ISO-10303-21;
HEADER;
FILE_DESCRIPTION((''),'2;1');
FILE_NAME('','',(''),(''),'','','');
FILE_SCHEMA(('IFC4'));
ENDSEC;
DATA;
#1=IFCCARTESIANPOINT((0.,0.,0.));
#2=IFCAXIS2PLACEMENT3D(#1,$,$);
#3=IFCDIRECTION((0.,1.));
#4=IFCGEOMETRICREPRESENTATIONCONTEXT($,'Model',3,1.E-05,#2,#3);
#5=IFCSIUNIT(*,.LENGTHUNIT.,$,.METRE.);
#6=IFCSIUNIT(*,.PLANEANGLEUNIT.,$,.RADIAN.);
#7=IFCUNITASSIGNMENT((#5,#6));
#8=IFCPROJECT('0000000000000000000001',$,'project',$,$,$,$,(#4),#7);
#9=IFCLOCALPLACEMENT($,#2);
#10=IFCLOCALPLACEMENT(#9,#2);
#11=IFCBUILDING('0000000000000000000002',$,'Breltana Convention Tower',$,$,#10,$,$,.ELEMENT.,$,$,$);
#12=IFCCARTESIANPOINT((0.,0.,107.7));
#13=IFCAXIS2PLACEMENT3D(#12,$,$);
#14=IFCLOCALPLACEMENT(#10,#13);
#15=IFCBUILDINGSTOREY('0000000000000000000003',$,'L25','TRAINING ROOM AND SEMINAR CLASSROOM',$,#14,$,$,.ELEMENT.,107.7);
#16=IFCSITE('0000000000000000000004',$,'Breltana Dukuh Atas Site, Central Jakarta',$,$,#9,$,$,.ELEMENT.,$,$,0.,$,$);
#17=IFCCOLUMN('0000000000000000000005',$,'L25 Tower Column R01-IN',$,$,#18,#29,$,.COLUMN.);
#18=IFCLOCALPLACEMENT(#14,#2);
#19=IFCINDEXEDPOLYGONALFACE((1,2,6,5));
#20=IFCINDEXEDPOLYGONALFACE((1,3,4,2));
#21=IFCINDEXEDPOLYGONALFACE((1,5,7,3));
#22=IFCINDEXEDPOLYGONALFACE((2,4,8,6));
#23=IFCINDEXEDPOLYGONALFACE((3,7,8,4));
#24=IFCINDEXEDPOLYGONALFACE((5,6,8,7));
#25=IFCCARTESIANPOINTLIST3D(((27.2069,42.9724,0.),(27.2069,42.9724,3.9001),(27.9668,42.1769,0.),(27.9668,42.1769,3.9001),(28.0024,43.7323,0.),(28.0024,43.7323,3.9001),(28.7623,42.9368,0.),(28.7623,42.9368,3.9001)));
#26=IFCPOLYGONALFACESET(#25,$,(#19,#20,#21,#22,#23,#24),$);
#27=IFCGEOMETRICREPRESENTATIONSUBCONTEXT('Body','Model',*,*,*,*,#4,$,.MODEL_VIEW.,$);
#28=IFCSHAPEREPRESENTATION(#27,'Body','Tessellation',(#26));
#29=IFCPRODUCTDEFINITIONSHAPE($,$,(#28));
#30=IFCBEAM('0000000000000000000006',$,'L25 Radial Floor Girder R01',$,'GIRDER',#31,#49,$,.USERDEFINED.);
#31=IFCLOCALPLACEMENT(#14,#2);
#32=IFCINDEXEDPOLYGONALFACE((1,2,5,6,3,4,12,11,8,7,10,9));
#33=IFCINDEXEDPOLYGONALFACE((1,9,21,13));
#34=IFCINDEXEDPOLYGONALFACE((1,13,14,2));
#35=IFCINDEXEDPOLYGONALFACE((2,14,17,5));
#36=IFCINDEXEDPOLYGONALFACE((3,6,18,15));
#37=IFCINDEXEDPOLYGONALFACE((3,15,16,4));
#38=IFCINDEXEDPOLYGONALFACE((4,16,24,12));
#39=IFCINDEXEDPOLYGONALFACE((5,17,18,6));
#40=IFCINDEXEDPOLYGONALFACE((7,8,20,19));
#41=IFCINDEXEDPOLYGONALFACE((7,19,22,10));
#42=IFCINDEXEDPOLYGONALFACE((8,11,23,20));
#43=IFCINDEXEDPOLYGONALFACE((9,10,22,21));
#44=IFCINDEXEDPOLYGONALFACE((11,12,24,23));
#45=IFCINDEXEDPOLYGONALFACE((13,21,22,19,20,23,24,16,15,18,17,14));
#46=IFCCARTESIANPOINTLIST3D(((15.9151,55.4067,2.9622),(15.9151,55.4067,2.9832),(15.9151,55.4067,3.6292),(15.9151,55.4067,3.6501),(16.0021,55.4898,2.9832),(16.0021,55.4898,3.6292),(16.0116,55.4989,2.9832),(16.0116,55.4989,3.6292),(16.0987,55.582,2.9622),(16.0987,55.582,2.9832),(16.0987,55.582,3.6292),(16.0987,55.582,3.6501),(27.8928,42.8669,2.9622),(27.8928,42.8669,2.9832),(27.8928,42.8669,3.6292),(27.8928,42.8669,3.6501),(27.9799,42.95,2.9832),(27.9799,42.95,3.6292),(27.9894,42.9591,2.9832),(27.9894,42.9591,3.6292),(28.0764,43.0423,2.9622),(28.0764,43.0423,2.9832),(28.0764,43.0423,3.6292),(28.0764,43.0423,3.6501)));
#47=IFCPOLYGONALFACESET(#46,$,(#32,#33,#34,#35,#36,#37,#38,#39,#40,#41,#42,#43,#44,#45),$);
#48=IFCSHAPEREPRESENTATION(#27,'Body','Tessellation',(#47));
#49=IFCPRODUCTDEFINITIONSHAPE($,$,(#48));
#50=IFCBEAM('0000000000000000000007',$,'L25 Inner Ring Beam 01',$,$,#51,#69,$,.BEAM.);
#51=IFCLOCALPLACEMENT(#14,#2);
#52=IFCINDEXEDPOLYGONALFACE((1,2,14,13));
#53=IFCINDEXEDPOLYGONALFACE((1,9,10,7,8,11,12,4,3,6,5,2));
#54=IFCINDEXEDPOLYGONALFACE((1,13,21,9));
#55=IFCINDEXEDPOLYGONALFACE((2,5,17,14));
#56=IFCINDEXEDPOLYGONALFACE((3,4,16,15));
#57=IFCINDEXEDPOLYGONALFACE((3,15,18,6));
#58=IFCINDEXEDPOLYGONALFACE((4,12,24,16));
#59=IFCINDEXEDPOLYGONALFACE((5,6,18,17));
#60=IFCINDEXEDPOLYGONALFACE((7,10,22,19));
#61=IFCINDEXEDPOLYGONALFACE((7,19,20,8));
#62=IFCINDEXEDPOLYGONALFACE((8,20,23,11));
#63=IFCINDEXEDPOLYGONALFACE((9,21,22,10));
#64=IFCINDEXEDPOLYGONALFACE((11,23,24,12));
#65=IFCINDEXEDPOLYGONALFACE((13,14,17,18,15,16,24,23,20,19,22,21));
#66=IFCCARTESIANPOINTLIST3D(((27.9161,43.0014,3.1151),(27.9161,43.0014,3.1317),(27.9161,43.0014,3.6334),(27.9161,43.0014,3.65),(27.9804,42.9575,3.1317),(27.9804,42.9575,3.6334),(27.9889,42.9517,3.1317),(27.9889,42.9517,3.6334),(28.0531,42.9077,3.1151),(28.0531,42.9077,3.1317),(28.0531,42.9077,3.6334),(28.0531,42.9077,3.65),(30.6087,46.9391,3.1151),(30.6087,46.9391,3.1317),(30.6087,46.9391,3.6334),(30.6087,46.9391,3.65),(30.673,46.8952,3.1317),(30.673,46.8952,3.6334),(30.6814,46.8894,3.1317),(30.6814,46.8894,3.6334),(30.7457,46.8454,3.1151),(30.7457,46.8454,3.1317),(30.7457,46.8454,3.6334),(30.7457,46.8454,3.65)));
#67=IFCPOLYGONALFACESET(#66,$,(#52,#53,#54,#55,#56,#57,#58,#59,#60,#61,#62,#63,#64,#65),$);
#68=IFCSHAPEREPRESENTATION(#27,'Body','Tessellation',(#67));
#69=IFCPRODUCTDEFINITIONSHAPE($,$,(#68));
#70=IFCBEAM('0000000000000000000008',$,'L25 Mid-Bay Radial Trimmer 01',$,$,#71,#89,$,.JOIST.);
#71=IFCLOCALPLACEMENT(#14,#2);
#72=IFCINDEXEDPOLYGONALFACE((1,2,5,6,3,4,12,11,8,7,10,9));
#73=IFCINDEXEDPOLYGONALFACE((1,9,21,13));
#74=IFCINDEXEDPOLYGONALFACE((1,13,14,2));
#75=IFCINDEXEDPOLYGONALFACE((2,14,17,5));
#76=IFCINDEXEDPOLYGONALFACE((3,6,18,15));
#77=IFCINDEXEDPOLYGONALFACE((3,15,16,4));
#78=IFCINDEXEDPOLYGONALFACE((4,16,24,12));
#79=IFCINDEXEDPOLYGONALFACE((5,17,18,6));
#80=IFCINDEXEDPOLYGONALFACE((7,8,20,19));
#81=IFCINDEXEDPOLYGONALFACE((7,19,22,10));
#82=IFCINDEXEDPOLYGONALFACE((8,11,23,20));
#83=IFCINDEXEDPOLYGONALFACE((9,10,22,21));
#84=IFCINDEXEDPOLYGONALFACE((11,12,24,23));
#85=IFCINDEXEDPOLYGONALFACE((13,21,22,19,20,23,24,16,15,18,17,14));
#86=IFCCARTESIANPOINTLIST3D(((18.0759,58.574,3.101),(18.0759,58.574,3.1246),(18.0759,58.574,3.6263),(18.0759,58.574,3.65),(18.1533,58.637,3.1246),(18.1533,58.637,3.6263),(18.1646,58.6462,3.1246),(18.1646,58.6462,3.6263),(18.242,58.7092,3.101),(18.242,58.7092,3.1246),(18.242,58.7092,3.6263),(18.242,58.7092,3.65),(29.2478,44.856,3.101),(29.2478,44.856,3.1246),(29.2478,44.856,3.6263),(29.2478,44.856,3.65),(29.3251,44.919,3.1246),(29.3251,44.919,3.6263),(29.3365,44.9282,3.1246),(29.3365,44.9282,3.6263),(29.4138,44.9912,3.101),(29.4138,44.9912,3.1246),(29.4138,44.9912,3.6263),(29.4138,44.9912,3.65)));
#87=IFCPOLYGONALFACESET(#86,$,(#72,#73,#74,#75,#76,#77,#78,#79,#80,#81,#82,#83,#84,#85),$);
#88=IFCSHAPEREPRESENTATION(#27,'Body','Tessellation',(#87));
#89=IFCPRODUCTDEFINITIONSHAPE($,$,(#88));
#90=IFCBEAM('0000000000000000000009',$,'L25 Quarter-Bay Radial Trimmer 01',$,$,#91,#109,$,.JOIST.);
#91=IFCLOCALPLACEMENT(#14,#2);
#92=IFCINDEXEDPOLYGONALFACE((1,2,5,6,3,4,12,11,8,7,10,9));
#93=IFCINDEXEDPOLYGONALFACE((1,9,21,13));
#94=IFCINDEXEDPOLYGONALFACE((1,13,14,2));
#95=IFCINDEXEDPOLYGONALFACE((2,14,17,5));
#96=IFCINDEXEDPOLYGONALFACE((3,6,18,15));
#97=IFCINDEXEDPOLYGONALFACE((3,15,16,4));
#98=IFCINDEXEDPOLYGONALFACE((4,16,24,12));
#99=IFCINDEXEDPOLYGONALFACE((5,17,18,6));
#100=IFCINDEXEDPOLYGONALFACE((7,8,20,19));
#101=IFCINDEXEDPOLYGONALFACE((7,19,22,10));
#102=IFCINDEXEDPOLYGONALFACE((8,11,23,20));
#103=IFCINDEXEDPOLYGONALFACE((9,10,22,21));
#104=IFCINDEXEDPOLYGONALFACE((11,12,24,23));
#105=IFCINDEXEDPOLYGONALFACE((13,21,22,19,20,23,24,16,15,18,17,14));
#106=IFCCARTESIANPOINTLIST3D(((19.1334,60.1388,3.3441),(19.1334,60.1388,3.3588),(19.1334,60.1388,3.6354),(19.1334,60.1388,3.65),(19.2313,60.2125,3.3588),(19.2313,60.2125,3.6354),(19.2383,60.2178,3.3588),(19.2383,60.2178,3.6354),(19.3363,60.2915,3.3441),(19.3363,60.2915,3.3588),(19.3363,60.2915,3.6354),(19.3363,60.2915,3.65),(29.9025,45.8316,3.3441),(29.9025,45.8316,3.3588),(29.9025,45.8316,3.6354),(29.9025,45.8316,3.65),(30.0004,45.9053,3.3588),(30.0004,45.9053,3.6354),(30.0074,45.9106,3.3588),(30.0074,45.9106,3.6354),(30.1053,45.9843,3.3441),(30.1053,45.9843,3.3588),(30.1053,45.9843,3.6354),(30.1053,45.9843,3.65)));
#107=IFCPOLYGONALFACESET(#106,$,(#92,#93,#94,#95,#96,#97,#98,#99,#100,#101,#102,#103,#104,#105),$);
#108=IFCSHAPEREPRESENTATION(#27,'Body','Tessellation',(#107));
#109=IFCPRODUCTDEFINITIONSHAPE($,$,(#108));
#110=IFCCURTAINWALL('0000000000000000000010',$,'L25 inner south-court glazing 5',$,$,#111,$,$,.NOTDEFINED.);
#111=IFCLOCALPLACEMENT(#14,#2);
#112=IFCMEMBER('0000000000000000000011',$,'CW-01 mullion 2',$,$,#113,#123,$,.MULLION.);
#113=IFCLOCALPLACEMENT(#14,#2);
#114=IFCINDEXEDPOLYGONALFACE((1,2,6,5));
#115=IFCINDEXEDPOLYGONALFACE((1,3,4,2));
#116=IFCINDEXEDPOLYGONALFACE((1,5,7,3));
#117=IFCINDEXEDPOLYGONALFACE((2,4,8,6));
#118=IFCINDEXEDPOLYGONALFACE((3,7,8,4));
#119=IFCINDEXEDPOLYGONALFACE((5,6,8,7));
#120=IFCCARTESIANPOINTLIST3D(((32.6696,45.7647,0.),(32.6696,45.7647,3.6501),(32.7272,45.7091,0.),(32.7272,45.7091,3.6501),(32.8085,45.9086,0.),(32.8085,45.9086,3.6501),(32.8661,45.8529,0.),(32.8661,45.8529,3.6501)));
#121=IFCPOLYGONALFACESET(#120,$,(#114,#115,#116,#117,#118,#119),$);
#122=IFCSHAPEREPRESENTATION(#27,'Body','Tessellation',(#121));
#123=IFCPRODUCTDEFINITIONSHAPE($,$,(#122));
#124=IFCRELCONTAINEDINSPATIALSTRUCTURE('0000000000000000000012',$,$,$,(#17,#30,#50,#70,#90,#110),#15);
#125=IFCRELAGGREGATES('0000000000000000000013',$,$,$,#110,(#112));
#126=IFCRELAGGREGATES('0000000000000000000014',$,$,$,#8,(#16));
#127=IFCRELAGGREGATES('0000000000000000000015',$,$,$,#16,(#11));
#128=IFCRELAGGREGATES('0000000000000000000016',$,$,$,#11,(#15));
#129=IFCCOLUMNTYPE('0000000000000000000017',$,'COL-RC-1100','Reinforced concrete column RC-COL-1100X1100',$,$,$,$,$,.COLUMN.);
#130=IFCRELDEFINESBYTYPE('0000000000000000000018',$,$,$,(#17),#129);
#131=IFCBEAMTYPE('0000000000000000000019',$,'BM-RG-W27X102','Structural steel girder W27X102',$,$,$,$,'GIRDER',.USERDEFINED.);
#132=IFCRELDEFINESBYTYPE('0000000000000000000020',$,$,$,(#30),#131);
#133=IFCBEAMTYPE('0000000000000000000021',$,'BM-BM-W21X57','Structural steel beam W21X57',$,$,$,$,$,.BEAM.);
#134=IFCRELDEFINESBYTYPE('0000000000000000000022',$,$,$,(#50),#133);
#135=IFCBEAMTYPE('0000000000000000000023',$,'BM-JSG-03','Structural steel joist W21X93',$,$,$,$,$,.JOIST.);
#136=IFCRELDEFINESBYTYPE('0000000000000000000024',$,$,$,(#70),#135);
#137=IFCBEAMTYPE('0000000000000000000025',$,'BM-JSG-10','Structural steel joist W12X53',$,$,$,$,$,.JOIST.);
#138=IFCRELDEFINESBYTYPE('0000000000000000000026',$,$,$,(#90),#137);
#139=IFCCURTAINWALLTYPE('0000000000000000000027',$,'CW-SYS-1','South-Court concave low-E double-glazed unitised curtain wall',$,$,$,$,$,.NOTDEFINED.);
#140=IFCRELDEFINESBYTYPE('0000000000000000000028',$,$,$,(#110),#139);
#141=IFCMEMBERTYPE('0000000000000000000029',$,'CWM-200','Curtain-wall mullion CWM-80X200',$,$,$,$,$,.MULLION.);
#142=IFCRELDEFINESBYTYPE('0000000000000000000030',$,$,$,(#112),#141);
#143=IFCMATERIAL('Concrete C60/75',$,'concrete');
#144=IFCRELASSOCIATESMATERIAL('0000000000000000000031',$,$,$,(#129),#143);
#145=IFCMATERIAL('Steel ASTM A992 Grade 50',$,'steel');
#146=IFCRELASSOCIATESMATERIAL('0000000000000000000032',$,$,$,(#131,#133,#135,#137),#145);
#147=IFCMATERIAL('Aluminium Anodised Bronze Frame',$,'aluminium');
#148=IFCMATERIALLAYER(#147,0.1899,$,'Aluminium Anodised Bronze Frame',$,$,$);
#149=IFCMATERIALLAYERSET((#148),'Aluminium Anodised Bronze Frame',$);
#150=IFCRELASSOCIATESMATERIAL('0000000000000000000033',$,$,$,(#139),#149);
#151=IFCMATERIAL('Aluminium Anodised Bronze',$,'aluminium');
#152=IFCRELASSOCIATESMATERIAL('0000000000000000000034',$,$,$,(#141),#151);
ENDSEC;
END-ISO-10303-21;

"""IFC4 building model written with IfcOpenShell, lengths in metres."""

from ifc_helpers import new_model, si_unit, direction, frame, origin, origin_2d, place, context, subcontext, project, spatial, rectangle, i_section, extrude, source, transform, mapped, material, layer, layer_set, material_profile, profile_set, type_object, type_shapes, element, aggregate, save


model = new_model("IFC4")

# Units and contexts
model_context = context("Model", 3, precision=1e-05, world=origin(), true_north=direction((0.0, 1.0)))
body_context = subcontext(model_context, "Body", "Model", "MODEL_VIEW")
ifc_project = project(units=[si_unit("LENGTHUNIT", "METRE"), si_unit("PLANEANGLEUNIT", "RADIAN")], contexts=[model_context])

# Site, building, storey
site_placement = place(None, origin())
site = spatial("IfcSite", under=ifc_project, at=site_placement, Name="Breltana Dukuh Atas Site, Central Jakarta", CompositionType="ELEMENT", RefElevation=0.0)
building_placement = place(site_placement, origin())
building = spatial("IfcBuilding", under=site, at=building_placement, Name="Breltana Convention Tower", CompositionType="ELEMENT")
storey_placement = place(building_placement, frame((0.0, 0.0, 107.7)))
storey = spatial("IfcBuildingStorey", under=building, at=storey_placement, Name="L25", Description="TRAINING ROOM AND SEMINAR CLASSROOM", CompositionType="ELEMENT", Elevation=107.7)

# Column
ifc_material_1 = material(Name="Concrete C60/75", Category="concrete")
ifc_material_profile_1 = material_profile(ifc_material_1, rectangle(XDim=1.1001, YDim=1.1001, at=origin_2d()), Name="RC-COL-1100X1100")
ifc_profile_set_1 = profile_set([ifc_material_profile_1], Name="Concrete C60/75")
column_type = type_object("IfcColumnType", Name="COL-RC-1100", Description="Reinforced concrete column RC-COL-1100X1100", PredefinedType="COLUMN", material=ifc_profile_set_1)
shared_shape_1 = source(origin(), body_context, "Body", "SweptSolid", [
    extrude(rectangle(XDim=1.1001, YDim=1.1001, at=origin_2d()), origin(), (0.0, 0.0, 1.0), 3.9001),
])
column_placement = place(storey_placement, frame((27.9846, 42.9546, 0.0), z_axis=(0.0, 0.0, 1.0), x_axis=(-0.690756, 0.723088, 0.0)))
element("IfcColumn", 1, at=column_placement, inside=storey, type_object=column_type, Name="L25 Tower Column R01-IN", PredefinedType="COLUMN", context=body_context, shape_type="MappedRepresentation", body=[
    mapped(shared_shape_1, transform((0.0, 0.0, 0.0), scale=1.0)),
])

# Beams
ifc_material_2 = material(Name="Steel ASTM A992 Grade 50", Category="steel")
ifc_material_profile_2 = material_profile(ifc_material_2, i_section(OverallWidth=0.2539, OverallDepth=0.688, WebThickness=0.0132, FlangeThickness=0.021, at=origin_2d()), Name="W27X102")
ifc_profile_set_2 = profile_set([ifc_material_profile_2], Name="Steel ASTM A992 Grade 50")
beam_type_1 = type_object("IfcBeamType", Name="BM-RG-W27X102", Description="Structural steel girder W27X102", ElementType="GIRDER", PredefinedType="USERDEFINED", material=ifc_profile_set_2)
shared_shape_2 = source(origin(), body_context, "Body", "SweptSolid", [
    extrude(i_section(OverallWidth=0.2539, OverallDepth=0.688, WebThickness=0.0132, FlangeThickness=0.021, at=origin_2d()), origin(), (0.0, 0.0, 1.0), 17.3411),
])
type_shapes(beam_type_1, [shared_shape_2])
beam_1_placement = place(storey_placement, frame((27.9846, 42.9546, 3.3062), z_axis=(-0.690716, 0.723126, 0.0), x_axis=(-0.723126, -0.690716, 0.0)))
element("IfcBeam", 2, at=beam_1_placement, inside=storey, type_object=beam_type_1, Name="L25 Radial Floor Girder R01", ObjectType="GIRDER", PredefinedType="USERDEFINED", context=body_context, shape_type="MappedRepresentation", body=[
    mapped(shared_shape_2, transform((0.0, 0.0, 0.0), scale=1.0)),
])
ifc_material_profile_3 = material_profile(ifc_material_2, i_section(OverallWidth=0.166, OverallDepth=0.5349, WebThickness=0.0103, FlangeThickness=0.0166, at=origin_2d()), Name="W21X57")
ifc_profile_set_3 = profile_set([ifc_material_profile_3], Name="Steel ASTM A992 Grade 50")
beam_type_2 = type_object("IfcBeamType", Name="BM-BM-W21X57", Description="Structural steel beam W21X57", PredefinedType="BEAM", material=ifc_profile_set_3)
shared_shape_3 = source(origin(), body_context, "Body", "SweptSolid", [
    extrude(i_section(OverallWidth=0.166, OverallDepth=0.5349, WebThickness=0.0103, FlangeThickness=0.0166, at=origin_2d()), origin(), (0.0, 0.0, 1.0), 4.7703),
])
beam_2_placement = place(storey_placement, frame((27.9846, 42.9546, 3.3826), z_axis=(0.564453, 0.825465, 0.0), x_axis=(-0.825465, 0.564453, 0.0)))
element("IfcBeam", 3, at=beam_2_placement, inside=storey, type_object=beam_type_2, Name="L25 Inner Ring Beam 01", PredefinedType="BEAM", context=body_context, shape_type="MappedRepresentation", body=[
    mapped(shared_shape_3, transform((0.0, 0.0, 0.0), scale=1.0)),
])
ifc_material_profile_4 = material_profile(ifc_material_2, i_section(OverallWidth=0.2141, OverallDepth=0.5491, WebThickness=0.0146, FlangeThickness=0.0237, at=origin_2d()), Name="W21X93")
ifc_profile_set_4 = profile_set([ifc_material_profile_4], Name="Steel ASTM A992 Grade 50")
beam_type_3 = type_object("IfcBeamType", Name="BM-JSG-03", Description="Structural steel joist W21X93", PredefinedType="JOIST", material=ifc_profile_set_4)
shared_shape_4 = source(origin(), body_context, "Body", "SweptSolid", [
    extrude(i_section(OverallWidth=0.2141, OverallDepth=0.5491, WebThickness=0.0146, FlangeThickness=0.0237, at=origin_2d()), origin(), (0.0, 0.0, 1.0), 17.6917),
])
beam_3_placement = place(storey_placement, frame((29.3308, 44.9236, 3.3755), z_axis=(-0.631477, 0.775395, 0.0), x_axis=(-0.775395, -0.631477, 0.0)))
element("IfcBeam", 4, at=beam_3_placement, inside=storey, type_object=beam_type_3, Name="L25 Mid-Bay Radial Trimmer 01", PredefinedType="JOIST", context=body_context, shape_type="MappedRepresentation", body=[
    mapped(shared_shape_4, transform((0.0, 0.0, 0.0), scale=1.0)),
])
ifc_material_profile_5 = material_profile(ifc_material_2, i_section(OverallWidth=0.2539, OverallDepth=0.3059, WebThickness=0.0088, FlangeThickness=0.0146, at=origin_2d()), Name="W12X53")
ifc_profile_set_5 = profile_set([ifc_material_profile_5], Name="Steel ASTM A992 Grade 50")
beam_type_4 = type_object("IfcBeamType", Name="BM-JSG-10", Description="Structural steel joist W12X53", PredefinedType="JOIST", material=ifc_profile_set_5)
shared_shape_5 = source(origin(), body_context, "Body", "SweptSolid", [
    extrude(i_section(OverallWidth=0.2539, OverallDepth=0.3059, WebThickness=0.0088, FlangeThickness=0.0146, at=origin_2d()), origin(), (0.0, 0.0, 1.0), 17.9072),
])
beam_4_placement = place(storey_placement, frame((30.0039, 45.908, 3.4971), z_axis=(-0.601382, 0.798962, 0.0), x_axis=(-0.798962, -0.601382, 0.0)))
element("IfcBeam", 5, at=beam_4_placement, inside=storey, type_object=beam_type_4, Name="L25 Quarter-Bay Radial Trimmer 01", PredefinedType="JOIST", context=body_context, shape_type="MappedRepresentation", body=[
    mapped(shared_shape_5, transform((0.0, 0.0, 0.0), scale=1.0)),
])

# Curtain wall, member
ifc_material_3 = material(Name="Aluminium Anodised Bronze Frame", Category="aluminium")
ifc_layer_1 = layer(ifc_material_3, 0.1899, Name="Aluminium Anodised Bronze Frame")
ifc_layer_set_1 = layer_set([ifc_layer_1], Name="Aluminium Anodised Bronze Frame")
curtain_wall_type = type_object("IfcCurtainWallType", Name="CW-SYS-1", Description="South-Court concave low-E double-glazed unitised curtain wall", PredefinedType="NOTDEFINED", material=ifc_layer_set_1)
curtain_wall_placement = place(storey_placement, origin())
curtain_wall = element("IfcCurtainWall", 6, at=curtain_wall_placement, inside=storey, type_object=curtain_wall_type, Name="L25 inner south-court glazing 5", PredefinedType="NOTDEFINED")
ifc_material_4 = material(Name="Aluminium Anodised Bronze", Category="aluminium")
ifc_material_profile_6 = material_profile(ifc_material_4, rectangle(XDim=0.0801, YDim=0.2, at=origin_2d()), Name="CWM-80X200")
ifc_profile_set_6 = profile_set([ifc_material_profile_6], Name="Aluminium Anodised Bronze")
member_type = type_object("IfcMemberType", Name="CWM-200", Description="Curtain-wall mullion CWM-80X200", PredefinedType="MULLION", material=ifc_profile_set_6)
shared_shape_6 = source(origin(), body_context, "Body", "SweptSolid", [
    extrude(rectangle(XDim=0.0801, YDim=0.2, at=origin_2d()), origin(), (0.0, 0.0, 1.0), 3.6501),
])
member_placement = place(storey_placement, frame((32.7678, 45.8088, 0.0), z_axis=(0.0, 0.0, 1.0), x_axis=(0.719387, -0.694609, 0.0)))
member = element("IfcMember", 7, at=member_placement, type_object=member_type, Name="CW-01 mullion 2", PredefinedType="MULLION", context=body_context, shape_type="MappedRepresentation", body=[
    mapped(shared_shape_6, transform((0.0, 0.0, 0.0), scale=1.0)),
])
aggregate(curtain_wall, [member])

save(model, "model.ifc")
